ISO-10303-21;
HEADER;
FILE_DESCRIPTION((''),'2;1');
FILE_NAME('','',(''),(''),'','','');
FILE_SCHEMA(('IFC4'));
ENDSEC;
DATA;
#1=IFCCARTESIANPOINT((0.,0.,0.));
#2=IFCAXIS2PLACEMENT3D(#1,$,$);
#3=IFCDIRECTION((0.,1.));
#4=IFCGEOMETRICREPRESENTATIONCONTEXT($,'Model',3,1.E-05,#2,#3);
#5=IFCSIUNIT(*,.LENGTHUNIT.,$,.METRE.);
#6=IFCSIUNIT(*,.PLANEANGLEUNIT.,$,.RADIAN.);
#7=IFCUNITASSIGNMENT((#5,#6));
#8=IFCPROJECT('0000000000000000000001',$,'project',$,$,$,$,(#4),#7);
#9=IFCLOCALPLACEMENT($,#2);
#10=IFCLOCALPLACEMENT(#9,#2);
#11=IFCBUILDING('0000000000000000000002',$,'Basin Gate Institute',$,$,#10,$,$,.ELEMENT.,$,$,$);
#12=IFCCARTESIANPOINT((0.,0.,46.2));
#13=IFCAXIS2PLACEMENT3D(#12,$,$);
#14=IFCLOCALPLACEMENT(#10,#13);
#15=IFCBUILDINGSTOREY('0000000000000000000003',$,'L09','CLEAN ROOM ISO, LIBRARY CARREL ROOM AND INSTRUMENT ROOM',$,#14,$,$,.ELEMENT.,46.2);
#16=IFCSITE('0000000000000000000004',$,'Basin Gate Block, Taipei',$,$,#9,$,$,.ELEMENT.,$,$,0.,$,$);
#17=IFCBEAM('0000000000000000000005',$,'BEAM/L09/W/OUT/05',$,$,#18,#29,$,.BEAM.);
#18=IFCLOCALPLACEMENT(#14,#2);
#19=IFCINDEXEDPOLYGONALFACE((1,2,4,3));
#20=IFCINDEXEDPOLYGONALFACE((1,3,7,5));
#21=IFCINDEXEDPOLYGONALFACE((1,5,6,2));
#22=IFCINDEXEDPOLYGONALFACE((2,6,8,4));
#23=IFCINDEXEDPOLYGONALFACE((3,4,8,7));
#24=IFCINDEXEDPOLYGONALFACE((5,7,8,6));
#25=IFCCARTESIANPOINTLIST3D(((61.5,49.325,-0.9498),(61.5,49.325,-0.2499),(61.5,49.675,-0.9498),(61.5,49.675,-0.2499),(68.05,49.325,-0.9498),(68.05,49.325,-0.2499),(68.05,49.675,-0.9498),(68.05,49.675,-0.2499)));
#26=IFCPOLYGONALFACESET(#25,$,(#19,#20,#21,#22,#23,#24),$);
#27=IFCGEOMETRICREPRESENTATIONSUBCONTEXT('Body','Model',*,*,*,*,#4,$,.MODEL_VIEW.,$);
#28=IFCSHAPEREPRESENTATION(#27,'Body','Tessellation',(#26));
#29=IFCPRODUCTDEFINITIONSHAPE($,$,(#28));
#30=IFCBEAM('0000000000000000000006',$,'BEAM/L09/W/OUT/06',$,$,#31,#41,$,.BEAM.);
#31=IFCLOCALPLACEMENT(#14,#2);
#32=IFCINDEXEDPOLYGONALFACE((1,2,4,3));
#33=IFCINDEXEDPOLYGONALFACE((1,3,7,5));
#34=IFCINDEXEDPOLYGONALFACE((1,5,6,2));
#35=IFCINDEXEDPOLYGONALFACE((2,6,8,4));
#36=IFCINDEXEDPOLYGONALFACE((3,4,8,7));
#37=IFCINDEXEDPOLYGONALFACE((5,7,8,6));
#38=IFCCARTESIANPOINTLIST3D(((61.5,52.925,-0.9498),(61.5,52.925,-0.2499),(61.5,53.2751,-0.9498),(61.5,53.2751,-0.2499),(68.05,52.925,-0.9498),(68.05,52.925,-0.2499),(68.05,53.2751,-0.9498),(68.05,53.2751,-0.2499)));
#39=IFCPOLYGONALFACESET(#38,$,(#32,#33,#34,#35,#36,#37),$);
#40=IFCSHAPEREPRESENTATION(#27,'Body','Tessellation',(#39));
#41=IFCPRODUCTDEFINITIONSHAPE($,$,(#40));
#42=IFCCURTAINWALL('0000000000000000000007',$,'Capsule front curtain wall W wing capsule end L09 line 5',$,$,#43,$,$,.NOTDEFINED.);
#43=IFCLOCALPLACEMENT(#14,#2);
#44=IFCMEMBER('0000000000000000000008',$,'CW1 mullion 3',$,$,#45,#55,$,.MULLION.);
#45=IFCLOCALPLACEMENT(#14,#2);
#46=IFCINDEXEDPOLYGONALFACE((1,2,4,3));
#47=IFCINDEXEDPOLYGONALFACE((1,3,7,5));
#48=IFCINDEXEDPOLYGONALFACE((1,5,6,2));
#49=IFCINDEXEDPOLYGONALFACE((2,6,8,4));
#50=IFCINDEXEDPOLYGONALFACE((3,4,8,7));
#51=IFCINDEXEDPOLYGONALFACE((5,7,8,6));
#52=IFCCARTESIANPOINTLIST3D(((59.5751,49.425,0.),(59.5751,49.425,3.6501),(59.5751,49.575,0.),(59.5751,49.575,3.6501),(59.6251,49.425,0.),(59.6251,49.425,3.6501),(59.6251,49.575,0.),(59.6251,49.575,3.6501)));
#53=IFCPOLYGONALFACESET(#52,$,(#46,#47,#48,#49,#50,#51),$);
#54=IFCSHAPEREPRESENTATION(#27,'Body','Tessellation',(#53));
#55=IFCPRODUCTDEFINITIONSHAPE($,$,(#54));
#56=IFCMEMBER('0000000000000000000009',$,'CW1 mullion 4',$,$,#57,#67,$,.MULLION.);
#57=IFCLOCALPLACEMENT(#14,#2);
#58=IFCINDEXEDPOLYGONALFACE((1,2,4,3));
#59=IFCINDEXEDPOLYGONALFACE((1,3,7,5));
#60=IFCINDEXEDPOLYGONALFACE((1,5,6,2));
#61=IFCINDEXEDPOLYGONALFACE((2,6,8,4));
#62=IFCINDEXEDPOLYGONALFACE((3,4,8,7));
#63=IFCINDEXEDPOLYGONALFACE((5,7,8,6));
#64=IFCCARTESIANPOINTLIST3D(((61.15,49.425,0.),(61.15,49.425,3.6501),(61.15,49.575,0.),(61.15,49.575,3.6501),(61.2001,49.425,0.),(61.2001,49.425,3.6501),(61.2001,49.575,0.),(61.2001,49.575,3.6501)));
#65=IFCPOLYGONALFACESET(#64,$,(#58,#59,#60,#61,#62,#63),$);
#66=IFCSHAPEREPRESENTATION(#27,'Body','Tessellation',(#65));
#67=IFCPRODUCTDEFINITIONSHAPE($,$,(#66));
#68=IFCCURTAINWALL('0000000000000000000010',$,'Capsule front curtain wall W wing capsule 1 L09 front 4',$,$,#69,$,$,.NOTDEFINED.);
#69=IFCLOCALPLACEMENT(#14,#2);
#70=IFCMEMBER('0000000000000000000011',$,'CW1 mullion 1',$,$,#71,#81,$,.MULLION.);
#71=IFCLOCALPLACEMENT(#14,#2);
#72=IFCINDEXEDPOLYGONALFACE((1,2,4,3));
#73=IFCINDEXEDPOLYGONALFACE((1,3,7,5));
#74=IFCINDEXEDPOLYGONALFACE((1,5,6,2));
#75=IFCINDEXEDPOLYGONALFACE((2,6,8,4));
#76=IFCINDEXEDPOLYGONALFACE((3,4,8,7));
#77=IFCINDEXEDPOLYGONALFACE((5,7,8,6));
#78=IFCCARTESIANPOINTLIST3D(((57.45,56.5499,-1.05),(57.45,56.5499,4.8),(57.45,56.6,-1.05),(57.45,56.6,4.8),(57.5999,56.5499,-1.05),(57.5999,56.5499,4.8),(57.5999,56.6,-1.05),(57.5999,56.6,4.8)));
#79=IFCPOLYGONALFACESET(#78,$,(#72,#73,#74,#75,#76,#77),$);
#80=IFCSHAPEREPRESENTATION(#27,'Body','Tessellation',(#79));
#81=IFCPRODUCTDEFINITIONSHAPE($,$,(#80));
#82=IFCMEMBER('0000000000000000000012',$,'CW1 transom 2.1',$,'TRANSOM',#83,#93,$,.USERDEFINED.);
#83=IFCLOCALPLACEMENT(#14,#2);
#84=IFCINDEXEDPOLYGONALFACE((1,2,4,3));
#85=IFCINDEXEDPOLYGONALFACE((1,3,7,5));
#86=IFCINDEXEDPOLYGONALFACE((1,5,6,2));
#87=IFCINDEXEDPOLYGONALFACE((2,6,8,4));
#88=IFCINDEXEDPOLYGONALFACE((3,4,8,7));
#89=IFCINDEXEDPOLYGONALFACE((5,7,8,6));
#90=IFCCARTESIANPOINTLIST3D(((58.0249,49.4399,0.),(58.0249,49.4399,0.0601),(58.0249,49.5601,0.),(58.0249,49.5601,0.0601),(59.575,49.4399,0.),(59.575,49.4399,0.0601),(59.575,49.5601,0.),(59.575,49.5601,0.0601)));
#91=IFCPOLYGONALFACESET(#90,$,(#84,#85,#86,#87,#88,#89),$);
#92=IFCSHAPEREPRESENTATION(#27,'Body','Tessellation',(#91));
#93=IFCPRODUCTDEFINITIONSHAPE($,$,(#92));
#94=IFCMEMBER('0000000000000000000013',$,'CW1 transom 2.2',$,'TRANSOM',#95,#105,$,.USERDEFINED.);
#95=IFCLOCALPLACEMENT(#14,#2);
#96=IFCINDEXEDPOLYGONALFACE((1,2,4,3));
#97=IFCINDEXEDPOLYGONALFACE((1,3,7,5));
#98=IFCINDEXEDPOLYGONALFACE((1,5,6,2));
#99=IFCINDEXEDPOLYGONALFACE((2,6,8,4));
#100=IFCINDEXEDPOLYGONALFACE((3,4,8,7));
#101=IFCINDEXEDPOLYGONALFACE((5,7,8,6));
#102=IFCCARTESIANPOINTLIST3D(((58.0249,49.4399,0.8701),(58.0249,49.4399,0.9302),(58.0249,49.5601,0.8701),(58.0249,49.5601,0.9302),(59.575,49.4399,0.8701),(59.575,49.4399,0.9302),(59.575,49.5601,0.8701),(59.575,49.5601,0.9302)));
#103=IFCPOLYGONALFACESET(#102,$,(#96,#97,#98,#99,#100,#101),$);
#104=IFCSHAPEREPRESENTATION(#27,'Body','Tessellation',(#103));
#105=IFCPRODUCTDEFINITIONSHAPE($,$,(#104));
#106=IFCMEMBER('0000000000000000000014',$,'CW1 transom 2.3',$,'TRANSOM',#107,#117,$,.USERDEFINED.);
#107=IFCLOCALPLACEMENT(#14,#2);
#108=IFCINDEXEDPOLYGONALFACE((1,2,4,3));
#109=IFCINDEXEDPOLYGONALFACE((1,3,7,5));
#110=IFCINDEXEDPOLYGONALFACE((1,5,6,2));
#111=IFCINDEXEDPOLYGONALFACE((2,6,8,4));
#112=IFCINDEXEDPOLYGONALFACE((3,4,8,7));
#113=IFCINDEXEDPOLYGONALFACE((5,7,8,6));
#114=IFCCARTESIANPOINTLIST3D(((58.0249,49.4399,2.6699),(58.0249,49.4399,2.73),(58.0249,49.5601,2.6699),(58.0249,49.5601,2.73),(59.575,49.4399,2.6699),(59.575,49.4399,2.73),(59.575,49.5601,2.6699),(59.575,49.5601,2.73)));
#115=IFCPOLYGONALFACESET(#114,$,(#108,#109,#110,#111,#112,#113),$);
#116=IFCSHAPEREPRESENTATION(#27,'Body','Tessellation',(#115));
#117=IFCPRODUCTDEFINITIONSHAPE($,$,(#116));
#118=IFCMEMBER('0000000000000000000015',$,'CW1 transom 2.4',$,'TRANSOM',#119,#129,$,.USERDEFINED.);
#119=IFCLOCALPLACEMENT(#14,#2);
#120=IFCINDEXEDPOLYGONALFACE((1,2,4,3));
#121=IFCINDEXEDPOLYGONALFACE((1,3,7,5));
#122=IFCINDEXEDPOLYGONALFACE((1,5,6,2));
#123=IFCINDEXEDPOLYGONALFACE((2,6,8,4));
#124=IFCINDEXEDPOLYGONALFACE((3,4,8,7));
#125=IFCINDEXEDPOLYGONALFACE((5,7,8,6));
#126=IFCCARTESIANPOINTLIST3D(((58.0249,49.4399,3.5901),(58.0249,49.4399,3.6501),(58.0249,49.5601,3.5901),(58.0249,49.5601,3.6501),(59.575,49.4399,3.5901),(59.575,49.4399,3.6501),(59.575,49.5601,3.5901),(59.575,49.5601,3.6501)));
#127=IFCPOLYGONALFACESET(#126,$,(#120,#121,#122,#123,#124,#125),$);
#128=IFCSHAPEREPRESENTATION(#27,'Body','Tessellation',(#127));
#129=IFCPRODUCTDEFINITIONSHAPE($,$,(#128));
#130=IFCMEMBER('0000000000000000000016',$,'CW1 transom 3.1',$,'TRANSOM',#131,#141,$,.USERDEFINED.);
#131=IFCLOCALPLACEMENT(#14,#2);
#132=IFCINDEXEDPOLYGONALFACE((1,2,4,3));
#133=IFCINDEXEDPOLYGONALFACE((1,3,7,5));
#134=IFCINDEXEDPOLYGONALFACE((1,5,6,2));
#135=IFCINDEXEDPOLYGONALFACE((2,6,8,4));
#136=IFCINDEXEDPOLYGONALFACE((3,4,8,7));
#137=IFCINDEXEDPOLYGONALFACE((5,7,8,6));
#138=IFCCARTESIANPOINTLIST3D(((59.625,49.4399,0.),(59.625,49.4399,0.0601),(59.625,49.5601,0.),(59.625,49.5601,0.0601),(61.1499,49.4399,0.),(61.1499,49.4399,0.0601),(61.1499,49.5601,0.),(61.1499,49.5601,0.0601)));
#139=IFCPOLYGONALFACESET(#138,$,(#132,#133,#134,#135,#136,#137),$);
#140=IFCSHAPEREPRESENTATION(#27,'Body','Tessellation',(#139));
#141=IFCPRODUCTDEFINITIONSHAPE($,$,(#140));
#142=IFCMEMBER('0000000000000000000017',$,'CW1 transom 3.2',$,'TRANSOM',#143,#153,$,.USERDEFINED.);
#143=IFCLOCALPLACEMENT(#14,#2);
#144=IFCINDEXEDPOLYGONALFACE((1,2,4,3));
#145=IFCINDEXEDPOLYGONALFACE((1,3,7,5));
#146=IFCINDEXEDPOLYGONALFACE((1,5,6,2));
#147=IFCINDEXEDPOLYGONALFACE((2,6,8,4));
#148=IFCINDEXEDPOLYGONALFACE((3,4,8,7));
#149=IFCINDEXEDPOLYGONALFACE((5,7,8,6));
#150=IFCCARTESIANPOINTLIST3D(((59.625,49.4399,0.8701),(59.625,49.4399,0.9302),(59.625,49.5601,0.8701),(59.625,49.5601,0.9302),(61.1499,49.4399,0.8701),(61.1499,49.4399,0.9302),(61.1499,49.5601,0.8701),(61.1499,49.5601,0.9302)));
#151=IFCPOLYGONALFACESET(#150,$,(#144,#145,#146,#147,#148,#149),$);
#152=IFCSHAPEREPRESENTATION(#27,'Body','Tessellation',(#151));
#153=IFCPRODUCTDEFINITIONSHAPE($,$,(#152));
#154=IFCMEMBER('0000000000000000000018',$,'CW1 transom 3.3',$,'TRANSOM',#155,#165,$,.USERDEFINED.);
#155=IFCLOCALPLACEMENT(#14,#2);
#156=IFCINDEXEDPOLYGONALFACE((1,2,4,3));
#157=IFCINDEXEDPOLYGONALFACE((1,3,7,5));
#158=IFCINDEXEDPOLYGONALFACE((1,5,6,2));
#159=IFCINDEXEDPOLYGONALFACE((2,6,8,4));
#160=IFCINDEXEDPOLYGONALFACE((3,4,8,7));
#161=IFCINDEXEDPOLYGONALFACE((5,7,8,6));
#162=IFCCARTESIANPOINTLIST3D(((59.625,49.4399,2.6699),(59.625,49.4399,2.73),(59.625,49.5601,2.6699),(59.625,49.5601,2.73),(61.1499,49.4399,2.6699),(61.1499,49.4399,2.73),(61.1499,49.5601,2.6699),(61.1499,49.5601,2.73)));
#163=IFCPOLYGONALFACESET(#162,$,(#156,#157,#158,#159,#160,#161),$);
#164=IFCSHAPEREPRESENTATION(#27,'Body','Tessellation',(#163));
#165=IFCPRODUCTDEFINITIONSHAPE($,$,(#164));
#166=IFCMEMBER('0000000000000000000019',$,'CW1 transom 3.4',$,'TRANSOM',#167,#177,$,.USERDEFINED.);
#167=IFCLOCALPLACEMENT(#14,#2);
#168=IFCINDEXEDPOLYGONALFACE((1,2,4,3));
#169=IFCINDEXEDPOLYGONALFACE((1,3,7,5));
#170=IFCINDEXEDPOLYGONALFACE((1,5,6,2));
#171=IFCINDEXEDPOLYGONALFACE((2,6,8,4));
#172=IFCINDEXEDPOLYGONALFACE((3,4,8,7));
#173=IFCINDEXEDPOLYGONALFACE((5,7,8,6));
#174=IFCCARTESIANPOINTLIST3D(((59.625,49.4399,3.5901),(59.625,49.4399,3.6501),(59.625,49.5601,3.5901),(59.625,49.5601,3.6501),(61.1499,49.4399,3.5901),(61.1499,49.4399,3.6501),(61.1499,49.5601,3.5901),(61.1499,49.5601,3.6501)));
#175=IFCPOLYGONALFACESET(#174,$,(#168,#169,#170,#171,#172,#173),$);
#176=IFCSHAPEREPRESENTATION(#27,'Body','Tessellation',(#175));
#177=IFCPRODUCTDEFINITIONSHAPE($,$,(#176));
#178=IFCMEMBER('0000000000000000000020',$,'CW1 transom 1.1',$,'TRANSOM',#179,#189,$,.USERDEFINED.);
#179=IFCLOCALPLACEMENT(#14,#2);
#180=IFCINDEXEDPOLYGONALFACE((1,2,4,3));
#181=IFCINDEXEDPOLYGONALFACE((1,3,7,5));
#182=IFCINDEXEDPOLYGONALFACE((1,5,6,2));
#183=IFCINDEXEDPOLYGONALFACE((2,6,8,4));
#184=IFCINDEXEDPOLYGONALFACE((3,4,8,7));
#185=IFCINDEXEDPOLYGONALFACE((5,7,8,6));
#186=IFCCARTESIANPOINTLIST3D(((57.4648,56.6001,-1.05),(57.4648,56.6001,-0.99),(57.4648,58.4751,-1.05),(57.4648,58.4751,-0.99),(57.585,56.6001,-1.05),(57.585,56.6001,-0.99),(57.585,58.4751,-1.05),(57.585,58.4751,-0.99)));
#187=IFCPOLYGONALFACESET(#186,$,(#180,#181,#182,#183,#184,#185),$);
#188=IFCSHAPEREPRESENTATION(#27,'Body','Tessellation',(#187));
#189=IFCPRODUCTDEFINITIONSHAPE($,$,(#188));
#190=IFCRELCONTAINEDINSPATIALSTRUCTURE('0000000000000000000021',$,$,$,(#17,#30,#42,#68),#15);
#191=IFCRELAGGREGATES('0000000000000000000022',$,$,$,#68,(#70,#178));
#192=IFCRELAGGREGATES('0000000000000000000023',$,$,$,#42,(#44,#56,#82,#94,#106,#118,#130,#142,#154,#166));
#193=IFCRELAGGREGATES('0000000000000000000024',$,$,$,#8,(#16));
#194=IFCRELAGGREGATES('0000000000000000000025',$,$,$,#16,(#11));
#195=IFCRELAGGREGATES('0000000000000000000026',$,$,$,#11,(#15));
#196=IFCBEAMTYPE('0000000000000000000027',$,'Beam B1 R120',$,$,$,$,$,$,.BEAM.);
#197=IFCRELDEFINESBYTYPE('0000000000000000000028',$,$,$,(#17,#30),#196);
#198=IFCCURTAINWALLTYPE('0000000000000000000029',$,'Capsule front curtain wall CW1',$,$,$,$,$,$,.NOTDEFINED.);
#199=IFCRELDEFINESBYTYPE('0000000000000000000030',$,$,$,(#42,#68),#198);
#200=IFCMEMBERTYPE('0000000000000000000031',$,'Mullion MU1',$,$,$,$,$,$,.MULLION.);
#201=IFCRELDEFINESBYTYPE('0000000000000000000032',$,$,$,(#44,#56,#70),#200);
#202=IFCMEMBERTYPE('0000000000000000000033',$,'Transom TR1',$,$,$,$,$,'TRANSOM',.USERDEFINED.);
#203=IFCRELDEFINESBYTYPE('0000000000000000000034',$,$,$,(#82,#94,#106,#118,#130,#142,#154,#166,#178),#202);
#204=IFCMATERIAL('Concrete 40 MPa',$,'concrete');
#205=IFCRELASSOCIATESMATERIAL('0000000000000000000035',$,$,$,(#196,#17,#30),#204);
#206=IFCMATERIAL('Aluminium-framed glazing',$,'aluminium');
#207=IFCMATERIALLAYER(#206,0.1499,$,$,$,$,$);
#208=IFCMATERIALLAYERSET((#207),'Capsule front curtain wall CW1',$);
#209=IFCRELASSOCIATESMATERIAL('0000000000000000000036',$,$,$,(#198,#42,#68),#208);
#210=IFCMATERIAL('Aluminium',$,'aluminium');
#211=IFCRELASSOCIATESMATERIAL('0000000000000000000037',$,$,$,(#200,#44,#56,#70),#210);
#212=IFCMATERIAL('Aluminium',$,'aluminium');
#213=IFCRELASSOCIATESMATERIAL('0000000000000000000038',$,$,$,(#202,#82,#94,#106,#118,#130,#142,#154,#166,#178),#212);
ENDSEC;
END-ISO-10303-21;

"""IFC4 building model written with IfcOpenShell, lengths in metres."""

from ifc_helpers import new_model, si_unit, direction, frame, origin, origin_2d, place, context, subcontext, project, spatial, rectangle, extrude, material, layer, layer_set, material_profile, profile_set, type_object, element, aggregate, save


model = new_model("IFC4")

# Units and contexts
model_context = context("Model", 3, precision=1e-05, world=origin(), true_north=direction((0.0, 1.0)))
body_context = subcontext(model_context, "Body", "Model", "MODEL_VIEW")
ifc_project = project(units=[si_unit("LENGTHUNIT", "METRE"), si_unit("PLANEANGLEUNIT", "RADIAN")], contexts=[model_context])

# Site, building, storey
site_placement = place(None, origin())
site = spatial("IfcSite", under=ifc_project, at=site_placement, Name="Basin Gate Block, Taipei", CompositionType="ELEMENT", RefElevation=0.0)
building_placement = place(site_placement, origin())
building = spatial("IfcBuilding", under=site, at=building_placement, Name="Basin Gate Institute", CompositionType="ELEMENT")
storey_placement = place(building_placement, frame((0.0, 0.0, 46.2)))
storey = spatial("IfcBuildingStorey", under=building, at=storey_placement, Name="L09", Description="CLEAN ROOM ISO, LIBRARY CARREL ROOM AND INSTRUMENT ROOM", CompositionType="ELEMENT", Elevation=46.2)

# Beams
ifc_material_1 = material(Name="Concrete 40 MPa", Category="concrete")
ifc_material_profile_1 = material_profile(ifc_material_1, rectangle(XDim=0.3501, YDim=0.7, at=origin_2d()), Name="Beam B1 350 x 700")
ifc_profile_set_1 = profile_set([ifc_material_profile_1], Name="Concrete 40 MPa")
beam_type = type_object("IfcBeamType", Name="Beam B1 R120", PredefinedType="BEAM", material=ifc_profile_set_1)
for number, where, z_axis, x_axis, name in (
    (1, (61.5, 49.5, -0.5999), (1.0, 0.0, 0.0), (0.0, 1.0, 0.0), "BEAM/L09/W/OUT/05"),
    (2, (61.5, 53.1001, -0.5999), (1.0, 0.0, 0.0), (0.0, 1.0, 0.0), "BEAM/L09/W/OUT/06"),
):
    element("IfcBeam", number, at=place(storey_placement, frame(where, z_axis=z_axis, x_axis=x_axis)), inside=storey, type_object=beam_type, material=ifc_profile_set_1, Name=name, PredefinedType="BEAM", context=body_context, shape_type="SweptSolid", body=[
        extrude(rectangle(XDim=0.3501, YDim=0.7, at=origin_2d()), origin(), (0.0, 0.0, 1.0), 6.55),
    ])

# Curtain wall, members
ifc_material_2 = material(Name="Aluminium-framed glazing", Category="aluminium")
ifc_layer_1 = layer(ifc_material_2, 0.1499)
ifc_layer_set_1 = layer_set([ifc_layer_1], Name="Capsule front curtain wall CW1")
curtain_wall_type = type_object("IfcCurtainWallType", Name="Capsule front curtain wall CW1", PredefinedType="NOTDEFINED", material=ifc_layer_set_1)
curtain_wall_1_placement = place(storey_placement, origin())
curtain_wall_1 = element("IfcCurtainWall", 3, at=curtain_wall_1_placement, inside=storey, type_object=curtain_wall_type, material=ifc_layer_set_1, Name="Capsule front curtain wall W wing capsule end L09 line 5", PredefinedType="NOTDEFINED")
ifc_material_3 = material(Name="Aluminium", Category="aluminium")
ifc_material_profile_2 = material_profile(ifc_material_3, rectangle(XDim=0.1499, YDim=0.05, at=origin_2d()), Name="Mullion MU1 150 x 50")
ifc_profile_set_2 = profile_set([ifc_material_profile_2], Name="Aluminium")
member_type_1 = type_object("IfcMemberType", Name="Mullion MU1", PredefinedType="MULLION", material=ifc_profile_set_2)
member_1_placement = place(storey_placement, frame((59.6001, 49.5, 0.0), z_axis=(0.0, 0.0, 1.0), x_axis=(0.0, 1.0, 0.0)))
member_1 = element("IfcMember", 4, at=member_1_placement, type_object=member_type_1, material=ifc_profile_set_2, Name="CW1 mullion 3", PredefinedType="MULLION", context=body_context, shape_type="SweptSolid", body=[
    extrude(rectangle(XDim=0.1499, YDim=0.05, at=origin_2d()), origin(), (0.0, 0.0, 1.0), 3.6501),
])
member_2_placement = place(storey_placement, frame((61.175, 49.5, 0.0), z_axis=(0.0, 0.0, 1.0), x_axis=(0.0, 1.0, 0.0)))
member_2 = element("IfcMember", 5, at=member_2_placement, type_object=member_type_1, material=ifc_profile_set_2, Name="CW1 mullion 4", PredefinedType="MULLION", context=body_context, shape_type="SweptSolid", body=[
    extrude(rectangle(XDim=0.1499, YDim=0.05, at=origin_2d()), origin(), (0.0, 0.0, 1.0), 3.6501),
])

# Curtain wall, member
curtain_wall_2_placement = place(storey_placement, origin())
curtain_wall_2 = element("IfcCurtainWall", 6, at=curtain_wall_2_placement, inside=storey, type_object=curtain_wall_type, material=ifc_layer_set_1, Name="Capsule front curtain wall W wing capsule 1 L09 front 4", PredefinedType="NOTDEFINED")
member_3_placement = place(storey_placement, frame((57.5249, 56.575, -1.05), z_axis=(0.0, 0.0, 1.0), x_axis=(-1.0, 0.0, 0.0)))
member_3 = element("IfcMember", 7, at=member_3_placement, type_object=member_type_1, material=ifc_profile_set_2, Name="CW1 mullion 1", PredefinedType="MULLION", context=body_context, shape_type="SweptSolid", body=[
    extrude(rectangle(XDim=0.1499, YDim=0.05, at=origin_2d()), origin(), (0.0, 0.0, 1.0), 5.8501),
])

# Members
ifc_material_4 = material(Name="Aluminium", Category="aluminium")
ifc_material_profile_3 = material_profile(ifc_material_4, rectangle(XDim=0.1201, YDim=0.0601, at=origin_2d()), Name="Transom TR1 120 x 60")
ifc_profile_set_3 = profile_set([ifc_material_profile_3], Name="Aluminium")
member_type_2 = type_object("IfcMemberType", Name="Transom TR1", ElementType="TRANSOM", PredefinedType="USERDEFINED", material=ifc_profile_set_3)
member_4_placement = place(storey_placement, frame((58.0249, 49.5, 0.03), z_axis=(1.0, 0.0, 0.0), x_axis=(0.0, 1.0, 0.0)))
member_4 = element("IfcMember", 8, at=member_4_placement, type_object=member_type_2, material=ifc_profile_set_3, Name="CW1 transom 2.1", ObjectType="TRANSOM", PredefinedType="USERDEFINED", context=body_context, shape_type="SweptSolid", body=[
    extrude(rectangle(XDim=0.1201, YDim=0.0601, at=origin_2d()), origin(), (0.0, 0.0, 1.0), 1.55),
])
member_5_placement = place(storey_placement, frame((58.0249, 49.5, 0.9001), z_axis=(1.0, 0.0, 0.0), x_axis=(0.0, 1.0, 0.0)))
member_5 = element("IfcMember", 9, at=member_5_placement, type_object=member_type_2, material=ifc_profile_set_3, Name="CW1 transom 2.2", ObjectType="TRANSOM", PredefinedType="USERDEFINED", context=body_context, shape_type="SweptSolid", body=[
    extrude(rectangle(XDim=0.1201, YDim=0.0601, at=origin_2d()), origin(), (0.0, 0.0, 1.0), 1.55),
])
member_6_placement = place(storey_placement, frame((58.0249, 49.5, 2.7), z_axis=(1.0, 0.0, 0.0), x_axis=(0.0, 1.0, 0.0)))
member_6 = element("IfcMember", 10, at=member_6_placement, type_object=member_type_2, material=ifc_profile_set_3, Name="CW1 transom 2.3", ObjectType="TRANSOM", PredefinedType="USERDEFINED", context=body_context, shape_type="SweptSolid", body=[
    extrude(rectangle(XDim=0.1201, YDim=0.0601, at=origin_2d()), origin(), (0.0, 0.0, 1.0), 1.55),
])
member_7_placement = place(storey_placement, frame((58.0249, 49.5, 3.6201), z_axis=(1.0, 0.0, 0.0), x_axis=(0.0, 1.0, 0.0)))
member_7 = element("IfcMember", 11, at=member_7_placement, type_object=member_type_2, material=ifc_profile_set_3, Name="CW1 transom 2.4", ObjectType="TRANSOM", PredefinedType="USERDEFINED", context=body_context, shape_type="SweptSolid", body=[
    extrude(rectangle(XDim=0.1201, YDim=0.0601, at=origin_2d()), origin(), (0.0, 0.0, 1.0), 1.55),
])
member_8_placement = place(storey_placement, frame((59.625, 49.5, 0.03), z_axis=(1.0, 0.0, 0.0), x_axis=(0.0, 1.0, 0.0)))
member_8 = element("IfcMember", 12, at=member_8_placement, type_object=member_type_2, material=ifc_profile_set_3, Name="CW1 transom 3.1", ObjectType="TRANSOM", PredefinedType="USERDEFINED", context=body_context, shape_type="SweptSolid", body=[
    extrude(rectangle(XDim=0.1201, YDim=0.0601, at=origin_2d()), origin(), (0.0, 0.0, 1.0), 1.5249),
])
member_9_placement = place(storey_placement, frame((59.625, 49.5, 0.9001), z_axis=(1.0, 0.0, 0.0), x_axis=(0.0, 1.0, 0.0)))
member_9 = element("IfcMember", 13, at=member_9_placement, type_object=member_type_2, material=ifc_profile_set_3, Name="CW1 transom 3.2", ObjectType="TRANSOM", PredefinedType="USERDEFINED", context=body_context, shape_type="SweptSolid", body=[
    extrude(rectangle(XDim=0.1201, YDim=0.0601, at=origin_2d()), origin(), (0.0, 0.0, 1.0), 1.5249),
])
member_10_placement = place(storey_placement, frame((59.625, 49.5, 2.7), z_axis=(1.0, 0.0, 0.0), x_axis=(0.0, 1.0, 0.0)))
member_10 = element("IfcMember", 14, at=member_10_placement, type_object=member_type_2, material=ifc_profile_set_3, Name="CW1 transom 3.3", ObjectType="TRANSOM", PredefinedType="USERDEFINED", context=body_context, shape_type="SweptSolid", body=[
    extrude(rectangle(XDim=0.1201, YDim=0.0601, at=origin_2d()), origin(), (0.0, 0.0, 1.0), 1.5249),
])
member_11_placement = place(storey_placement, frame((59.625, 49.5, 3.6201), z_axis=(1.0, 0.0, 0.0), x_axis=(0.0, 1.0, 0.0)))
member_11 = element("IfcMember", 15, at=member_11_placement, type_object=member_type_2, material=ifc_profile_set_3, Name="CW1 transom 3.4", ObjectType="TRANSOM", PredefinedType="USERDEFINED", context=body_context, shape_type="SweptSolid", body=[
    extrude(rectangle(XDim=0.1201, YDim=0.0601, at=origin_2d()), origin(), (0.0, 0.0, 1.0), 1.5249),
])
member_12_placement = place(storey_placement, frame((57.5249, 56.6001, -1.02), z_axis=(0.0, 1.0, 0.0), x_axis=(-1.0, 0.0, 0.0)))
member_12 = element("IfcMember", 16, at=member_12_placement, type_object=member_type_2, material=ifc_profile_set_3, Name="CW1 transom 1.1", ObjectType="TRANSOM", PredefinedType="USERDEFINED", context=body_context, shape_type="SweptSolid", body=[
    extrude(rectangle(XDim=0.1201, YDim=0.0601, at=origin_2d()), origin(), (0.0, 0.0, 1.0), 1.875),
])
aggregate(curtain_wall_2, [member_3, member_12])

aggregate(curtain_wall_1, [member_1, member_2, member_4, member_5, member_6, member_7, member_8, member_9, member_10, member_11])

save(model, "model.ifc")
